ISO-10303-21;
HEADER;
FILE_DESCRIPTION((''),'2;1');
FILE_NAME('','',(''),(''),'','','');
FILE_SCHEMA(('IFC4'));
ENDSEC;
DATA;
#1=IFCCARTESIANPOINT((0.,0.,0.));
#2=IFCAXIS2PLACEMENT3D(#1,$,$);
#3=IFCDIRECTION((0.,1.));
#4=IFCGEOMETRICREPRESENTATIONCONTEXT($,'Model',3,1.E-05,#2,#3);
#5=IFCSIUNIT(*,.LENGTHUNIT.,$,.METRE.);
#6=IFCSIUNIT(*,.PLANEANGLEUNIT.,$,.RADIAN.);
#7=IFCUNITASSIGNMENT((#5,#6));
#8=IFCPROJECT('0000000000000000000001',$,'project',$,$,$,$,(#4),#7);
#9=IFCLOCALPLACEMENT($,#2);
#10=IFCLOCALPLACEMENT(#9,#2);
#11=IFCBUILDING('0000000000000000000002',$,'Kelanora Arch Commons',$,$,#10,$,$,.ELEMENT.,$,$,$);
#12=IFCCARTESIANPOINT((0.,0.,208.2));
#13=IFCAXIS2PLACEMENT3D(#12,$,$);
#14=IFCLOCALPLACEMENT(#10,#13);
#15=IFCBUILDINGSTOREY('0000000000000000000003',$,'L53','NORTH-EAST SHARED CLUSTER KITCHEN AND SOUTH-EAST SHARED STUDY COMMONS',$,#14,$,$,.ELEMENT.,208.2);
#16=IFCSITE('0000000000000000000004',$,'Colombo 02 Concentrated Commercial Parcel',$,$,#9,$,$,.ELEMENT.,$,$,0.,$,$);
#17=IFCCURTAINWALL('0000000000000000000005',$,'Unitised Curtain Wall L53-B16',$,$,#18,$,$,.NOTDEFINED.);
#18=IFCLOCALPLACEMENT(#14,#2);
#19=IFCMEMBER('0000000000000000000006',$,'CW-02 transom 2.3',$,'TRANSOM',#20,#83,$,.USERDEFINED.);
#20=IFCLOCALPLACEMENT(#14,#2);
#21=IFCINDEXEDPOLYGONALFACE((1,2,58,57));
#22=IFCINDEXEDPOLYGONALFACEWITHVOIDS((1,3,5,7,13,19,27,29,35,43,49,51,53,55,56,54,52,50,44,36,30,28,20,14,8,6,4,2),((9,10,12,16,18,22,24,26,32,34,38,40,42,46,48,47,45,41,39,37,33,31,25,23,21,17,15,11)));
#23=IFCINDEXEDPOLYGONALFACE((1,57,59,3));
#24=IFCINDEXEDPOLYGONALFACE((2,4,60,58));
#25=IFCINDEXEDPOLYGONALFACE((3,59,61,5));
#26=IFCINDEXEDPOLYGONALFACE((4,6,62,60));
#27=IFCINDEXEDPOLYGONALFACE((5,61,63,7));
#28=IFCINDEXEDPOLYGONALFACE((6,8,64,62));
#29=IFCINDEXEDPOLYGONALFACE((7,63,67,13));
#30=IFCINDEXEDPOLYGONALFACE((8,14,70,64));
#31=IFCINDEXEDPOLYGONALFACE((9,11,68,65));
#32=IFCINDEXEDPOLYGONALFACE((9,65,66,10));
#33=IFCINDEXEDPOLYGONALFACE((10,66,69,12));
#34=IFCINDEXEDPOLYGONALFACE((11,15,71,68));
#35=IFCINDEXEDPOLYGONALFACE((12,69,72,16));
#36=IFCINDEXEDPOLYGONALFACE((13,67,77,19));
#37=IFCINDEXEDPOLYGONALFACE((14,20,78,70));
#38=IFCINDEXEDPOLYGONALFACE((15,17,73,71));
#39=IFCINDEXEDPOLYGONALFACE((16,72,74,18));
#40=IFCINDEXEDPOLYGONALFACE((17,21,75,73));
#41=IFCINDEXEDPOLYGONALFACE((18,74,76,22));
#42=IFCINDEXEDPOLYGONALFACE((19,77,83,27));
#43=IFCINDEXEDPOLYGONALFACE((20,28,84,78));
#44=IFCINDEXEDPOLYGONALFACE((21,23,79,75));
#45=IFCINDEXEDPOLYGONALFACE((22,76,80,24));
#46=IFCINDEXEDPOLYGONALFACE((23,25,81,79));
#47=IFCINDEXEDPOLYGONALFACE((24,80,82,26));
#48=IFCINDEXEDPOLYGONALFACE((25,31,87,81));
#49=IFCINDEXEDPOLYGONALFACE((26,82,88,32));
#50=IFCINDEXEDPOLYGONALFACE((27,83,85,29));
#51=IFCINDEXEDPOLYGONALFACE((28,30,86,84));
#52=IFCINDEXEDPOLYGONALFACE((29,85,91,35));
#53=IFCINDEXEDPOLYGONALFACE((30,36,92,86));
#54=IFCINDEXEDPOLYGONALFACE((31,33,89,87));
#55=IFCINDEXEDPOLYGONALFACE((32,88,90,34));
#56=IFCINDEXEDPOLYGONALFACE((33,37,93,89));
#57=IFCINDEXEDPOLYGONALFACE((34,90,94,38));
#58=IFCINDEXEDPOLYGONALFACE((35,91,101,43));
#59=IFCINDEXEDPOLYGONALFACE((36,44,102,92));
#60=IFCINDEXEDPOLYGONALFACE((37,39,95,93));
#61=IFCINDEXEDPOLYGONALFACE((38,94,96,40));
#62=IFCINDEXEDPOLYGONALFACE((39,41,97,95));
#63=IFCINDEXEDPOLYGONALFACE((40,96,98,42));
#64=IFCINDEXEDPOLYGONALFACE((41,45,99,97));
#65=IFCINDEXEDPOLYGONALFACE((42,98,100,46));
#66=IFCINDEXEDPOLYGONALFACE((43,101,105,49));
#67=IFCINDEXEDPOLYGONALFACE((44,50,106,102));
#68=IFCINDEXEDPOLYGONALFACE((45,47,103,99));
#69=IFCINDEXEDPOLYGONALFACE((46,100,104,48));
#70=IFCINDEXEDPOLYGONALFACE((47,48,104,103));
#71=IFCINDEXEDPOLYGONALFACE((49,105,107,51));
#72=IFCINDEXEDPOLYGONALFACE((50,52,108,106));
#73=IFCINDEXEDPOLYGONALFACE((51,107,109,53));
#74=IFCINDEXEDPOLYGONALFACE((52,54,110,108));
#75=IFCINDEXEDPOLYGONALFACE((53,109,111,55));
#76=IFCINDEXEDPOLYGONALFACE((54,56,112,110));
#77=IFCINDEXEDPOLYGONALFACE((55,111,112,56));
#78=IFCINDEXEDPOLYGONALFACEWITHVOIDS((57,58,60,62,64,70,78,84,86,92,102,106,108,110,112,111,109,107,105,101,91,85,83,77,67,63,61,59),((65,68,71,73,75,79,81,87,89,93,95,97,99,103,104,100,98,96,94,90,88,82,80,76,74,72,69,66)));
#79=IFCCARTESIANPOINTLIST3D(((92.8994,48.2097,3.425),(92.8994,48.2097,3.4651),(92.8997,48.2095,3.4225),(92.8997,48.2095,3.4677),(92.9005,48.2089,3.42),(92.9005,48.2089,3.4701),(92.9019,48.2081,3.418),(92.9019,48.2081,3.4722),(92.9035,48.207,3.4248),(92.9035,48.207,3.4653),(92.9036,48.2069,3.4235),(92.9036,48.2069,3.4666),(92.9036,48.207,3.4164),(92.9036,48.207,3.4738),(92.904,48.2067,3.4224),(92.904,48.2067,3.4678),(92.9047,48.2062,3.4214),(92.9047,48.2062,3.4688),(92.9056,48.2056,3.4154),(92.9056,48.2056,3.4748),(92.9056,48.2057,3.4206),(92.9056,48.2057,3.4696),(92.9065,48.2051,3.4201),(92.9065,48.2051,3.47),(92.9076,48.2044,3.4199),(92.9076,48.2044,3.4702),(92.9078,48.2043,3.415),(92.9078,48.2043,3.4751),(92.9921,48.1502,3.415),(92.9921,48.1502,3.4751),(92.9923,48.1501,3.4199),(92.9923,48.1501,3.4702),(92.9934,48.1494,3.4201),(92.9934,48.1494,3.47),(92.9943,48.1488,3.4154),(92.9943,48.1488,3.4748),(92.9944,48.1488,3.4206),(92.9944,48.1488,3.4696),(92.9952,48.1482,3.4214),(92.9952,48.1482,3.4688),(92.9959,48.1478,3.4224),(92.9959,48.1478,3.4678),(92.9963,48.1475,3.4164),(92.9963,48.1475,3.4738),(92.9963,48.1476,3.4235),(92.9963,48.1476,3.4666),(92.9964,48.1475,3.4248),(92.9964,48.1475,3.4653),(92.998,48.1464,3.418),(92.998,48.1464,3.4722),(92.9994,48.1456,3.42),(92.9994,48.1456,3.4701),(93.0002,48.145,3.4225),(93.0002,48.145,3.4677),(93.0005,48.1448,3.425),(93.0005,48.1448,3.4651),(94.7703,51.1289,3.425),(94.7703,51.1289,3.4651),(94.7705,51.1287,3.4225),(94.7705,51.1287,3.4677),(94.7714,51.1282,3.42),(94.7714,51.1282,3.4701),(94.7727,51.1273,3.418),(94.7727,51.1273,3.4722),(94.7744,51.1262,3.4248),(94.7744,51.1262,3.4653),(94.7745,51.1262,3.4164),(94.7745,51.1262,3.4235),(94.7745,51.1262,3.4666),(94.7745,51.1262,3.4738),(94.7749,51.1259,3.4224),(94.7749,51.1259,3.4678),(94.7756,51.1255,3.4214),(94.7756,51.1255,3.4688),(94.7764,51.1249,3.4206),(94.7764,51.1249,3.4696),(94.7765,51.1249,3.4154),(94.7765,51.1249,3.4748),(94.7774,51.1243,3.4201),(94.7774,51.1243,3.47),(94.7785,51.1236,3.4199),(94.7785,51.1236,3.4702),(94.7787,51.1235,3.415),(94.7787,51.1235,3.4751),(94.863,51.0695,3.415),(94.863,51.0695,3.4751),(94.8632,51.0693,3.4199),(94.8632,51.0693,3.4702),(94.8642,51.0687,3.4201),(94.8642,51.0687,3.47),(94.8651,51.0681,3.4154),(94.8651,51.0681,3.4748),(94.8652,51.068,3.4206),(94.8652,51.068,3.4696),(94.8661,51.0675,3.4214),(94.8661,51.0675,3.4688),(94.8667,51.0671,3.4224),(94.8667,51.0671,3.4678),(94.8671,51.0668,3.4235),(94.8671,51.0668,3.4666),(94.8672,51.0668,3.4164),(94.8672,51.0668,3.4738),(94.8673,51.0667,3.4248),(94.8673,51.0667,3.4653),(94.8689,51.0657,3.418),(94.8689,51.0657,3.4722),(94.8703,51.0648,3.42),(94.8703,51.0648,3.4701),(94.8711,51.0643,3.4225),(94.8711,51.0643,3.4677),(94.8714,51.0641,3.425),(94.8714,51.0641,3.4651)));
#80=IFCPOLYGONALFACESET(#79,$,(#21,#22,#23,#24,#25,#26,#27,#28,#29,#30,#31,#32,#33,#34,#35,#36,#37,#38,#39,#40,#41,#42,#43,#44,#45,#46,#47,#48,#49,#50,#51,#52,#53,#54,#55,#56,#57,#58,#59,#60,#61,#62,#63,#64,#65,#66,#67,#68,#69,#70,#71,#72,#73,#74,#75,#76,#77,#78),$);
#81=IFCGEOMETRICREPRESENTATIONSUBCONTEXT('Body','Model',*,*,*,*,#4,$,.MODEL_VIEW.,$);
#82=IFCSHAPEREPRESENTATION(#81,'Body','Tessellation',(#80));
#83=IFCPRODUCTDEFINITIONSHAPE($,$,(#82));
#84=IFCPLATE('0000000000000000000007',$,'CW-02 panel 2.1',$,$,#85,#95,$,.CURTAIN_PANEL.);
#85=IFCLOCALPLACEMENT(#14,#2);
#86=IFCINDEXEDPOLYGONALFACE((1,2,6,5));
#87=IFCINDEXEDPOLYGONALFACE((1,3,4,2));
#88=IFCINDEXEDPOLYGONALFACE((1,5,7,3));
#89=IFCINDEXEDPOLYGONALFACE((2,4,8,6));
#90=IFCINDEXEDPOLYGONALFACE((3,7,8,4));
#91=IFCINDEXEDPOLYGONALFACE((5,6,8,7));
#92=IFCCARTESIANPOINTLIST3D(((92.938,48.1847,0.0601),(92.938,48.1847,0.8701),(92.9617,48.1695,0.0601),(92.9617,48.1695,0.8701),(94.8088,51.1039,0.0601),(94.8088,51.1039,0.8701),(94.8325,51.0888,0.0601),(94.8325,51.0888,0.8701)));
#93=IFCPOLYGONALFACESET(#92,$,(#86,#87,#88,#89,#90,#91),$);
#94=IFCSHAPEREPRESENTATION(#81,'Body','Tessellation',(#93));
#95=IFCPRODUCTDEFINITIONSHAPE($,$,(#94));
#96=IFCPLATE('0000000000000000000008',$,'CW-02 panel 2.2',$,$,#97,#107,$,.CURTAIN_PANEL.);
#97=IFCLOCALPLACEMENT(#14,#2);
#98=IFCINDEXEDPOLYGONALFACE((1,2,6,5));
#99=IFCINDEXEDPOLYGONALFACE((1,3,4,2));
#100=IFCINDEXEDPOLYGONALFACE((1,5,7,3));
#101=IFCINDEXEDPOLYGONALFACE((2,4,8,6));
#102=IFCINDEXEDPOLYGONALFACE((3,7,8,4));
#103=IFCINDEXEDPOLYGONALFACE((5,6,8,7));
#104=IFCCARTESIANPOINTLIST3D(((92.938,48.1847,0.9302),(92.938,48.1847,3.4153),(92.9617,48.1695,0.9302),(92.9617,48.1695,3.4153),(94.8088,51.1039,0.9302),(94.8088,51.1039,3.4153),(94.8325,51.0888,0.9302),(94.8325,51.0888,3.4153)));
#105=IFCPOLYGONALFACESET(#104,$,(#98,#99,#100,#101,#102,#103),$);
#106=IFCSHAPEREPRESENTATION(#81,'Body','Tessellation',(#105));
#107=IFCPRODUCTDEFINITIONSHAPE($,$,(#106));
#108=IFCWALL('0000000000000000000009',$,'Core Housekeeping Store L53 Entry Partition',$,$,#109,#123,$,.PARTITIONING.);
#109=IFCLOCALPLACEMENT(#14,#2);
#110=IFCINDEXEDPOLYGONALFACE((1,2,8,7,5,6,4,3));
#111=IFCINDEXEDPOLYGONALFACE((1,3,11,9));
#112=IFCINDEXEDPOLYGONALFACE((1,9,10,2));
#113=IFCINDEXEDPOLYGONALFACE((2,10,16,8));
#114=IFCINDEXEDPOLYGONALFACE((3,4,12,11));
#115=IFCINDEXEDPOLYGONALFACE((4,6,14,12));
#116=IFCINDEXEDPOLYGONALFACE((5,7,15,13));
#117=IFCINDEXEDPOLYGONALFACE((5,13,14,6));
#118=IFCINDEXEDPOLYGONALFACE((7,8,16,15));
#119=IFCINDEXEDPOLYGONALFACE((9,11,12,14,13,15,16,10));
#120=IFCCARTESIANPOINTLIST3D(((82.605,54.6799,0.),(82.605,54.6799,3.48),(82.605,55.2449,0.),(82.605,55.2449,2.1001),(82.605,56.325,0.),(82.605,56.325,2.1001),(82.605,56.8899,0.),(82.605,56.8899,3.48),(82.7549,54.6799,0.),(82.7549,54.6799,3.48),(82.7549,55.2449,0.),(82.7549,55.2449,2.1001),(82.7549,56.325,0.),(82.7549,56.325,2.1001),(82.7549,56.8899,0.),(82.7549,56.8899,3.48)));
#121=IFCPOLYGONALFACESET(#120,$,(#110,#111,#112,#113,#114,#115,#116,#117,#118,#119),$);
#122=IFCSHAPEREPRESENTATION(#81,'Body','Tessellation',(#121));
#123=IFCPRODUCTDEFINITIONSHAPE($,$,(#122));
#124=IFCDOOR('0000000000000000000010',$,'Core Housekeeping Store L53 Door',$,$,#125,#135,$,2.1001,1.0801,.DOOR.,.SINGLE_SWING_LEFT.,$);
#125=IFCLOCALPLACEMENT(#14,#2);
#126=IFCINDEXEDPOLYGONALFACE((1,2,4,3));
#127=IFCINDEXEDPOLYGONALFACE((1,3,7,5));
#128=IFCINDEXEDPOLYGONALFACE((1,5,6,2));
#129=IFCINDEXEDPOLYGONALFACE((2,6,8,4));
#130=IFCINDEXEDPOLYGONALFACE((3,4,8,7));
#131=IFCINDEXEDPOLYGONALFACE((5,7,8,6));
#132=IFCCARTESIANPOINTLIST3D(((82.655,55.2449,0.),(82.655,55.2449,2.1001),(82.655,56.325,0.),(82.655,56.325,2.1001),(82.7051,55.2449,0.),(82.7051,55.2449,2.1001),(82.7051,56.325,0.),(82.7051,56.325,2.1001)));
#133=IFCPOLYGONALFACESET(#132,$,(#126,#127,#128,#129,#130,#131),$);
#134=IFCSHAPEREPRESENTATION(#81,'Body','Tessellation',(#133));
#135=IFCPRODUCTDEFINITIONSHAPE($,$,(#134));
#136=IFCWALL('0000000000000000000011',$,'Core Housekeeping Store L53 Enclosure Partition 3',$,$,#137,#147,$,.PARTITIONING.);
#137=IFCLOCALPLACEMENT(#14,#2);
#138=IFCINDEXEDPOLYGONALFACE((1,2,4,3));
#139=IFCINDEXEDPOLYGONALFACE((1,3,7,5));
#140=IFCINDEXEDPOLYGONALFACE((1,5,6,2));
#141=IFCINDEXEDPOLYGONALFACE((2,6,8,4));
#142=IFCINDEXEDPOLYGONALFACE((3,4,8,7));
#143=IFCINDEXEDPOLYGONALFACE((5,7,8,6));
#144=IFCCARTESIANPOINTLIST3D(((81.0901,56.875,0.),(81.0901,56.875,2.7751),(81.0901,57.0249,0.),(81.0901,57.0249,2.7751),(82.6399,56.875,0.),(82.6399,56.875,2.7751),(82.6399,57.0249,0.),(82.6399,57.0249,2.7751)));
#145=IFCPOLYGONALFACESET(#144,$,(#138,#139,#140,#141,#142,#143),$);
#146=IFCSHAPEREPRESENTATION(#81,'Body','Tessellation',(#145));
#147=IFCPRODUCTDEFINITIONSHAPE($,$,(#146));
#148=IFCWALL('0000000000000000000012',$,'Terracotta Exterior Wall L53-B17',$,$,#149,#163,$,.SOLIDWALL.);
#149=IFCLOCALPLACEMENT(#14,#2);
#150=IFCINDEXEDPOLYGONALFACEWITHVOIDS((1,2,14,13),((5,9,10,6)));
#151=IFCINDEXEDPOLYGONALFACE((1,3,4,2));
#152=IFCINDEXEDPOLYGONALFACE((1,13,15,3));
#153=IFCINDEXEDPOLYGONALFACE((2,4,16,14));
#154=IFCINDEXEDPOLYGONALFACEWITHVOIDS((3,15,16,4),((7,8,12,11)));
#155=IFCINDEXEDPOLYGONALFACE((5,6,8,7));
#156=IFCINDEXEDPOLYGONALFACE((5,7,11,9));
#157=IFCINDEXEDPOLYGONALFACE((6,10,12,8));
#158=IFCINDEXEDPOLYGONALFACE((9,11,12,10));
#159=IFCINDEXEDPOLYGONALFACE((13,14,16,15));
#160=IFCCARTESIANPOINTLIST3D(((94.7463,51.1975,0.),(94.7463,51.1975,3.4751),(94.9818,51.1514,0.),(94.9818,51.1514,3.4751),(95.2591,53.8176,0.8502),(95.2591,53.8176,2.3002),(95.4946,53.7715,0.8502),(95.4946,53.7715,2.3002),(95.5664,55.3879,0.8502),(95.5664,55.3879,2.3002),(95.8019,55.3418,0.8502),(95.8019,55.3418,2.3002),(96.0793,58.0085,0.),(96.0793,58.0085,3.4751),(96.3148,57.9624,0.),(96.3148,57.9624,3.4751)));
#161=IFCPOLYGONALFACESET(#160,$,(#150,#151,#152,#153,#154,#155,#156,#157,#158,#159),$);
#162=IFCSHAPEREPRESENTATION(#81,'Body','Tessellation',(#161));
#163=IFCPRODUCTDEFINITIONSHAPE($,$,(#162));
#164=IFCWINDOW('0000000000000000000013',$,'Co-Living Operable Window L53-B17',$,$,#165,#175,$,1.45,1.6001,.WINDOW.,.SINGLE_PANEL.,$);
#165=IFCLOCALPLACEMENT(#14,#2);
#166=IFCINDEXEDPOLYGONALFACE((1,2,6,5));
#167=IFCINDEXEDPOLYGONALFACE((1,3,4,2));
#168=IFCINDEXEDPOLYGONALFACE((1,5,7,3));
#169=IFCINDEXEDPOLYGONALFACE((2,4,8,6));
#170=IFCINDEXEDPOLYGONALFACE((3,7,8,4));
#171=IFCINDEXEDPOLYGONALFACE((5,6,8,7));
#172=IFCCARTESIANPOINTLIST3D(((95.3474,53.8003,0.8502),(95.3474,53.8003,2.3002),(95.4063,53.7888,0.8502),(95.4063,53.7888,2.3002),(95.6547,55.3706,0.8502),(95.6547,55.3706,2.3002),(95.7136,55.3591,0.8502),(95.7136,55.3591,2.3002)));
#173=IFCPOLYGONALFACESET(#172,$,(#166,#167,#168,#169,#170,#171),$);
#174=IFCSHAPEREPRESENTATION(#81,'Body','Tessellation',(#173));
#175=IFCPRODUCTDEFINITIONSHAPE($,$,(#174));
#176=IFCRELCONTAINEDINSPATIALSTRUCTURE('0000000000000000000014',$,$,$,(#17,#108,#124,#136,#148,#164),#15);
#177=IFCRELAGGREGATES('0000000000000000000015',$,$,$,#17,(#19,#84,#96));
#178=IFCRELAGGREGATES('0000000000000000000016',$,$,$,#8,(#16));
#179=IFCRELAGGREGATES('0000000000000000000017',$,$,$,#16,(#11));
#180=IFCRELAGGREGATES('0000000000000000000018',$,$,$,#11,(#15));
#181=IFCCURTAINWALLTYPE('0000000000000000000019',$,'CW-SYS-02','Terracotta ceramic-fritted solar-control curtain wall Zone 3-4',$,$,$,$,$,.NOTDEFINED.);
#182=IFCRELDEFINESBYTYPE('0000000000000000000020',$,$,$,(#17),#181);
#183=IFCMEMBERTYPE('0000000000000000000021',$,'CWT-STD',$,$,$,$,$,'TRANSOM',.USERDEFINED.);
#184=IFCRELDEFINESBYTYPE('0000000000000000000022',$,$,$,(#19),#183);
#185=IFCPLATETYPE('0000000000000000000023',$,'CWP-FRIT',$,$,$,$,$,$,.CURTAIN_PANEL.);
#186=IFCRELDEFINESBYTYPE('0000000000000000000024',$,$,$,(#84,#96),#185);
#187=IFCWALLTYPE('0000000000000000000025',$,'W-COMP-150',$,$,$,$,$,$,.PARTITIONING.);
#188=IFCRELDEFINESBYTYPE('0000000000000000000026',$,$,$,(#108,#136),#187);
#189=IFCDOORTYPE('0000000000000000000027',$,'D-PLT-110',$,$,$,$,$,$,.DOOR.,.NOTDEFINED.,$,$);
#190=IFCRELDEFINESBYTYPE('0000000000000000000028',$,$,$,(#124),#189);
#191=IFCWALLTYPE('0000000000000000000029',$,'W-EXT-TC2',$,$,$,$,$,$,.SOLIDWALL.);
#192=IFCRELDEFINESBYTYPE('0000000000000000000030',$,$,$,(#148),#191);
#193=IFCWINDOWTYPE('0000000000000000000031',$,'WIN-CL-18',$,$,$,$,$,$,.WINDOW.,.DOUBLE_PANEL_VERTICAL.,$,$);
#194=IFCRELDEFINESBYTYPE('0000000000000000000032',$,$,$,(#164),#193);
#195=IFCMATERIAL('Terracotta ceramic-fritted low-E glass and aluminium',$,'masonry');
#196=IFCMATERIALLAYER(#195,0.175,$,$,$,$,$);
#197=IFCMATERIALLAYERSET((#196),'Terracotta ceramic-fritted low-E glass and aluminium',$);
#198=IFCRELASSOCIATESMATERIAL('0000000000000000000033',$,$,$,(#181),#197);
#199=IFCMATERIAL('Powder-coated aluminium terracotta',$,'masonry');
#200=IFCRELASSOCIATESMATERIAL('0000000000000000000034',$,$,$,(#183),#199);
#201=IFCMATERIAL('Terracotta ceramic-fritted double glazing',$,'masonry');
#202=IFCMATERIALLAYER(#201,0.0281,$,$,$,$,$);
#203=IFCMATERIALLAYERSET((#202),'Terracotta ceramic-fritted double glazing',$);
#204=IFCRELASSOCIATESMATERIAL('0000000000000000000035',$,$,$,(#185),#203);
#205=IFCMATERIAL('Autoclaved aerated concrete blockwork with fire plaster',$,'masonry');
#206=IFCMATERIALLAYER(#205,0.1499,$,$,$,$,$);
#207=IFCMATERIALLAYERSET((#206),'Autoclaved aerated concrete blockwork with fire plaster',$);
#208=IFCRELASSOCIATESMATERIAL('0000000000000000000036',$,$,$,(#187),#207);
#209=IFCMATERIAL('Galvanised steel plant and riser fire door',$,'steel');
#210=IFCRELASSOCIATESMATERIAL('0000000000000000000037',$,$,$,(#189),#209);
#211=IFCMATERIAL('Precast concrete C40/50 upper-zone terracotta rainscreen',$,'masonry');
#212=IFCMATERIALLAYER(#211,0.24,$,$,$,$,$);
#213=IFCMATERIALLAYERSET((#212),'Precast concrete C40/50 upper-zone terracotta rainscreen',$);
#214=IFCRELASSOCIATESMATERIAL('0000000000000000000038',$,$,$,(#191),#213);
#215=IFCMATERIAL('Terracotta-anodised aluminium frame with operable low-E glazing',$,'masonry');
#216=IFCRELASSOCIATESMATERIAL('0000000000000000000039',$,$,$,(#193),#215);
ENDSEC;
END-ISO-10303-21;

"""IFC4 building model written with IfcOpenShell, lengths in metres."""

from ifc_helpers import new_model, si_unit, direction, frame, frame_2d, origin, origin_2d, place, context, subcontext, project, spatial, rectangle, hollow_rectangle, extrude, source, transform, mapped, material, layer, layer_set, material_profile, profile_set, type_object, element, fill, aggregate, save


model = new_model("IFC4")

# Units and contexts
model_context = context("Model", 3, precision=1e-05, world=origin(), true_north=direction((0.0, 1.0)))
body_context = subcontext(model_context, "Body", "Model", "MODEL_VIEW")
ifc_project = project(units=[si_unit("LENGTHUNIT", "METRE"), si_unit("PLANEANGLEUNIT", "RADIAN")], contexts=[model_context])

# Site, building, storey
site_placement = place(None, origin())
site = spatial("IfcSite", under=ifc_project, at=site_placement, Name="Colombo 02 Concentrated Commercial Parcel", CompositionType="ELEMENT", RefElevation=0.0)
building_placement = place(site_placement, origin())
building = spatial("IfcBuilding", under=site, at=building_placement, Name="Kelanora Arch Commons", CompositionType="ELEMENT")
storey_placement = place(building_placement, frame((0.0, 0.0, 208.2)))
storey = spatial("IfcBuildingStorey", under=building, at=storey_placement, Name="L53", Description="NORTH-EAST SHARED CLUSTER KITCHEN AND SOUTH-EAST SHARED STUDY COMMONS", CompositionType="ELEMENT", Elevation=208.2)

# Curtain wall, member, plates
ifc_material_1 = material(Name="Terracotta ceramic-fritted low-E glass and aluminium", Category="masonry")
ifc_layer_1 = layer(ifc_material_1, 0.175)
ifc_layer_set_1 = layer_set([ifc_layer_1], Name="Terracotta ceramic-fritted low-E glass and aluminium")
curtain_wall_type = type_object("IfcCurtainWallType", Name="CW-SYS-02", Description="Terracotta ceramic-fritted solar-control curtain wall Zone 3-4", PredefinedType="NOTDEFINED", material=ifc_layer_set_1)
curtain_wall_placement = place(storey_placement, origin())
curtain_wall = element("IfcCurtainWall", 1, at=curtain_wall_placement, inside=storey, type_object=curtain_wall_type, Name="Unitised Curtain Wall L53-B16", PredefinedType="NOTDEFINED")
ifc_material_2 = material(Name="Powder-coated aluminium terracotta", Category="masonry")
ifc_material_profile_1 = material_profile(ifc_material_2, hollow_rectangle(XDim=0.1201, YDim=0.0601, WallThickness=0.0049, InnerFilletRadius=0.0049, OuterFilletRadius=0.01, at=origin_2d()), Name="CWT120x60")
ifc_profile_set_1 = profile_set([ifc_material_profile_1], Name="Powder-coated aluminium terracotta")
member_type_1 = type_object("IfcMemberType", Name="CWT-STD", ElementType="TRANSOM", PredefinedType="USERDEFINED", material=ifc_profile_set_1)
member_1_placement = place(storey_placement, frame((92.95, 48.1772, 3.4451), z_axis=(0.539579, 0.841935, 0.0), x_axis=(-0.841935, 0.539579, 0.0)))
member_1 = element("IfcMember", 2, at=member_1_placement, type_object=member_type_1, Name="CW-02 transom 2.3", ObjectType="TRANSOM", PredefinedType="USERDEFINED", context=body_context, shape_type="SweptSolid", body=[
    extrude(hollow_rectangle(XDim=0.1201, YDim=0.0601, WallThickness=0.0049, InnerFilletRadius=0.0049, OuterFilletRadius=0.01, at=origin_2d()), origin(), (0.0, 0.0, 1.0), 3.4673),
])
ifc_material_3 = material(Name="Terracotta ceramic-fritted double glazing", Category="masonry")
ifc_layer_2 = layer(ifc_material_3, 0.0281)
ifc_layer_set_2 = layer_set([ifc_layer_2], Name="Terracotta ceramic-fritted double glazing")
plate_type = type_object("IfcPlateType", Name="CWP-FRIT", PredefinedType="CURTAIN_PANEL", material=ifc_layer_set_2)
shared_shape_1 = source(origin(), body_context, "Body", "SweptSolid", [
    extrude(rectangle(XDim=3.4673, YDim=0.0281, at=origin_2d()), origin(), (0.0, 0.0, 1.0), 0.8101),
])
plate_1_placement = place(storey_placement, frame((93.8853, 49.6367, 0.0601), z_axis=(0.0, 0.0, 1.0), x_axis=(0.539559, 0.841948, 0.0)))
plate_1 = element("IfcPlate", 3, at=plate_1_placement, type_object=plate_type, Name="CW-02 panel 2.1", PredefinedType="CURTAIN_PANEL", context=body_context, shape_type="MappedRepresentation", body=[
    mapped(shared_shape_1, transform((0.0, 0.0, 0.0), scale=1.0)),
])
shared_shape_2 = source(origin(), body_context, "Body", "SweptSolid", [
    extrude(rectangle(XDim=3.4673, YDim=0.0281, at=origin_2d()), origin(), (0.0, 0.0, 1.0), 2.4851),
])
plate_2_placement = place(storey_placement, frame((93.8853, 49.6367, 0.9302), z_axis=(0.0, 0.0, 1.0), x_axis=(0.539559, 0.841948, 0.0)))
plate_2 = element("IfcPlate", 4, at=plate_2_placement, type_object=plate_type, Name="CW-02 panel 2.2", PredefinedType="CURTAIN_PANEL", context=body_context, shape_type="MappedRepresentation", body=[
    mapped(shared_shape_2, transform((0.0, 0.0, 0.0), scale=1.0)),
])
aggregate(curtain_wall, [member_1, plate_1, plate_2])

# Wall, opening, door
ifc_material_4 = material(Name="Autoclaved aerated concrete blockwork with fire plaster", Category="masonry")
ifc_layer_3 = layer(ifc_material_4, 0.1499)
ifc_layer_set_3 = layer_set([ifc_layer_3], Name="Autoclaved aerated concrete blockwork with fire plaster")
wall_type_1 = type_object("IfcWallType", Name="W-COMP-150", PredefinedType="PARTITIONING", material=ifc_layer_set_3)
wall_1_placement = place(storey_placement, frame((82.6799, 54.6799, 0.0), z_axis=(0.0, 0.0, 1.0), x_axis=(0.0, 1.0, 0.0)))
wall_1 = element("IfcWall", 5, at=wall_1_placement, inside=storey, type_object=wall_type_1, Name="Core Housekeeping Store L53 Entry Partition", PredefinedType="PARTITIONING", context=body_context, shape_type="SweptSolid", body=[
    extrude(rectangle(XDim=2.21, YDim=0.1499, at=frame_2d((1.105, 0.0))), origin(), (0.0, 0.0, 1.0), 3.48),
])
opening_1_placement = place(wall_1_placement, frame((0.5649, 0.0, 0.0)))
opening_1 = element("IfcOpeningElement", 6, at=opening_1_placement, cuts=wall_1, PredefinedType="OPENING", context=body_context, shape_type="SweptSolid", body=[
    extrude(rectangle(XDim=1.0801, YDim=2.1001, at=frame_2d((0.54, 1.05))), frame((0.0, 0.085, 0.0), z_axis=(0.0, -1.0, 0.0), x_axis=(1.0, 0.0, 0.0)), (0.0, 0.0, 1.0), 0.1699),
])
ifc_material_5 = material(Name="Galvanised steel plant and riser fire door", Category="steel")
door_type = type_object("IfcDoorType", Name="D-PLT-110", OperationType="NOTDEFINED", PredefinedType="DOOR", material=ifc_material_5)
door_placement = place(opening_1_placement, origin())
door = element("IfcDoor", 7, at=door_placement, inside=storey, type_object=door_type, Name="Core Housekeeping Store L53 Door", OperationType="SINGLE_SWING_LEFT", OverallHeight=2.1001, OverallWidth=1.0801, PredefinedType="DOOR", context=body_context, shape_type="SweptSolid", body=[
    extrude(rectangle(XDim=1.0801, YDim=2.1001, at=frame_2d((0.54, 1.05))), frame((0.0, 0.0249, 0.0), z_axis=(0.0, -1.0, 0.0), x_axis=(1.0, 0.0, 0.0)), (0.0, 0.0, 1.0), 0.05),
])
fill(opening_1, door)

# Wall
wall_2_placement = place(storey_placement, frame((82.6399, 56.95, 0.0), z_axis=(0.0, 0.0, 1.0), x_axis=(-1.0, 0.0, 0.0)))
element("IfcWall", 8, at=wall_2_placement, inside=storey, type_object=wall_type_1, Name="Core Housekeeping Store L53 Enclosure Partition 3", PredefinedType="PARTITIONING", context=body_context, shape_type="SweptSolid", body=[
    extrude(rectangle(XDim=1.5498, YDim=0.1499, at=frame_2d((0.7749, 0.0))), origin(), (0.0, 0.0, 1.0), 2.7751),
])

# Wall, opening, window
ifc_material_6 = material(Name="Precast concrete C40/50 upper-zone terracotta rainscreen", Category="masonry")
ifc_layer_4 = layer(ifc_material_6, 0.24)
ifc_layer_set_4 = layer_set([ifc_layer_4], Name="Precast concrete C40/50 upper-zone terracotta rainscreen")
wall_type_2 = type_object("IfcWallType", Name="W-EXT-TC2", PredefinedType="SOLIDWALL", material=ifc_layer_set_4)
wall_3_placement = place(storey_placement, frame((94.864, 51.1743, 0.0), z_axis=(0.0, 0.0, 1.0), x_axis=(0.192069, 0.981381, 0.0)))
wall_3 = element("IfcWall", 9, at=wall_3_placement, inside=storey, type_object=wall_type_2, Name="Terracotta Exterior Wall L53-B17", PredefinedType="SOLIDWALL", context=body_context, shape_type="SweptSolid", body=[
    extrude(rectangle(XDim=6.9402, YDim=0.24, at=frame_2d((3.4702, 0.0))), origin(), (0.0, 0.0, 1.0), 3.4751),
])
opening_2_placement = place(wall_3_placement, frame((2.6699, 0.0, 0.8501)))
opening_2 = element("IfcOpeningElement", 10, at=opening_2_placement, cuts=wall_3, PredefinedType="OPENING", context=body_context, shape_type="SweptSolid", body=[
    extrude(rectangle(XDim=1.6001, YDim=1.45, at=frame_2d((0.8, 0.7251))), frame((0.0, 0.1299, 0.0), z_axis=(0.0, -1.0, 0.0), x_axis=(1.0, 0.0, 0.0)), (0.0, 0.0, 1.0), 0.26),
])
ifc_material_7 = material(Name="Terracotta-anodised aluminium frame with operable low-E glazing", Category="masonry")
window_type = type_object("IfcWindowType", Name="WIN-CL-18", PartitioningType="DOUBLE_PANEL_VERTICAL", PredefinedType="WINDOW", material=ifc_material_7)
window_placement = place(opening_2_placement, origin())
window = element("IfcWindow", 11, at=window_placement, inside=storey, type_object=window_type, Name="Co-Living Operable Window L53-B17", OverallHeight=1.45, OverallWidth=1.6001, PartitioningType="SINGLE_PANEL", PredefinedType="WINDOW", context=body_context, shape_type="SweptSolid", body=[
    extrude(rectangle(XDim=1.6001, YDim=1.45, at=frame_2d((0.8, 0.7251))), frame((0.0, 0.03, 0.0), z_axis=(0.0, -1.0, 0.0), x_axis=(1.0, 0.0, 0.0)), (0.0, 0.0, 1.0), 0.0601),
])
fill(opening_2, window)

save(model, "model.ifc")
